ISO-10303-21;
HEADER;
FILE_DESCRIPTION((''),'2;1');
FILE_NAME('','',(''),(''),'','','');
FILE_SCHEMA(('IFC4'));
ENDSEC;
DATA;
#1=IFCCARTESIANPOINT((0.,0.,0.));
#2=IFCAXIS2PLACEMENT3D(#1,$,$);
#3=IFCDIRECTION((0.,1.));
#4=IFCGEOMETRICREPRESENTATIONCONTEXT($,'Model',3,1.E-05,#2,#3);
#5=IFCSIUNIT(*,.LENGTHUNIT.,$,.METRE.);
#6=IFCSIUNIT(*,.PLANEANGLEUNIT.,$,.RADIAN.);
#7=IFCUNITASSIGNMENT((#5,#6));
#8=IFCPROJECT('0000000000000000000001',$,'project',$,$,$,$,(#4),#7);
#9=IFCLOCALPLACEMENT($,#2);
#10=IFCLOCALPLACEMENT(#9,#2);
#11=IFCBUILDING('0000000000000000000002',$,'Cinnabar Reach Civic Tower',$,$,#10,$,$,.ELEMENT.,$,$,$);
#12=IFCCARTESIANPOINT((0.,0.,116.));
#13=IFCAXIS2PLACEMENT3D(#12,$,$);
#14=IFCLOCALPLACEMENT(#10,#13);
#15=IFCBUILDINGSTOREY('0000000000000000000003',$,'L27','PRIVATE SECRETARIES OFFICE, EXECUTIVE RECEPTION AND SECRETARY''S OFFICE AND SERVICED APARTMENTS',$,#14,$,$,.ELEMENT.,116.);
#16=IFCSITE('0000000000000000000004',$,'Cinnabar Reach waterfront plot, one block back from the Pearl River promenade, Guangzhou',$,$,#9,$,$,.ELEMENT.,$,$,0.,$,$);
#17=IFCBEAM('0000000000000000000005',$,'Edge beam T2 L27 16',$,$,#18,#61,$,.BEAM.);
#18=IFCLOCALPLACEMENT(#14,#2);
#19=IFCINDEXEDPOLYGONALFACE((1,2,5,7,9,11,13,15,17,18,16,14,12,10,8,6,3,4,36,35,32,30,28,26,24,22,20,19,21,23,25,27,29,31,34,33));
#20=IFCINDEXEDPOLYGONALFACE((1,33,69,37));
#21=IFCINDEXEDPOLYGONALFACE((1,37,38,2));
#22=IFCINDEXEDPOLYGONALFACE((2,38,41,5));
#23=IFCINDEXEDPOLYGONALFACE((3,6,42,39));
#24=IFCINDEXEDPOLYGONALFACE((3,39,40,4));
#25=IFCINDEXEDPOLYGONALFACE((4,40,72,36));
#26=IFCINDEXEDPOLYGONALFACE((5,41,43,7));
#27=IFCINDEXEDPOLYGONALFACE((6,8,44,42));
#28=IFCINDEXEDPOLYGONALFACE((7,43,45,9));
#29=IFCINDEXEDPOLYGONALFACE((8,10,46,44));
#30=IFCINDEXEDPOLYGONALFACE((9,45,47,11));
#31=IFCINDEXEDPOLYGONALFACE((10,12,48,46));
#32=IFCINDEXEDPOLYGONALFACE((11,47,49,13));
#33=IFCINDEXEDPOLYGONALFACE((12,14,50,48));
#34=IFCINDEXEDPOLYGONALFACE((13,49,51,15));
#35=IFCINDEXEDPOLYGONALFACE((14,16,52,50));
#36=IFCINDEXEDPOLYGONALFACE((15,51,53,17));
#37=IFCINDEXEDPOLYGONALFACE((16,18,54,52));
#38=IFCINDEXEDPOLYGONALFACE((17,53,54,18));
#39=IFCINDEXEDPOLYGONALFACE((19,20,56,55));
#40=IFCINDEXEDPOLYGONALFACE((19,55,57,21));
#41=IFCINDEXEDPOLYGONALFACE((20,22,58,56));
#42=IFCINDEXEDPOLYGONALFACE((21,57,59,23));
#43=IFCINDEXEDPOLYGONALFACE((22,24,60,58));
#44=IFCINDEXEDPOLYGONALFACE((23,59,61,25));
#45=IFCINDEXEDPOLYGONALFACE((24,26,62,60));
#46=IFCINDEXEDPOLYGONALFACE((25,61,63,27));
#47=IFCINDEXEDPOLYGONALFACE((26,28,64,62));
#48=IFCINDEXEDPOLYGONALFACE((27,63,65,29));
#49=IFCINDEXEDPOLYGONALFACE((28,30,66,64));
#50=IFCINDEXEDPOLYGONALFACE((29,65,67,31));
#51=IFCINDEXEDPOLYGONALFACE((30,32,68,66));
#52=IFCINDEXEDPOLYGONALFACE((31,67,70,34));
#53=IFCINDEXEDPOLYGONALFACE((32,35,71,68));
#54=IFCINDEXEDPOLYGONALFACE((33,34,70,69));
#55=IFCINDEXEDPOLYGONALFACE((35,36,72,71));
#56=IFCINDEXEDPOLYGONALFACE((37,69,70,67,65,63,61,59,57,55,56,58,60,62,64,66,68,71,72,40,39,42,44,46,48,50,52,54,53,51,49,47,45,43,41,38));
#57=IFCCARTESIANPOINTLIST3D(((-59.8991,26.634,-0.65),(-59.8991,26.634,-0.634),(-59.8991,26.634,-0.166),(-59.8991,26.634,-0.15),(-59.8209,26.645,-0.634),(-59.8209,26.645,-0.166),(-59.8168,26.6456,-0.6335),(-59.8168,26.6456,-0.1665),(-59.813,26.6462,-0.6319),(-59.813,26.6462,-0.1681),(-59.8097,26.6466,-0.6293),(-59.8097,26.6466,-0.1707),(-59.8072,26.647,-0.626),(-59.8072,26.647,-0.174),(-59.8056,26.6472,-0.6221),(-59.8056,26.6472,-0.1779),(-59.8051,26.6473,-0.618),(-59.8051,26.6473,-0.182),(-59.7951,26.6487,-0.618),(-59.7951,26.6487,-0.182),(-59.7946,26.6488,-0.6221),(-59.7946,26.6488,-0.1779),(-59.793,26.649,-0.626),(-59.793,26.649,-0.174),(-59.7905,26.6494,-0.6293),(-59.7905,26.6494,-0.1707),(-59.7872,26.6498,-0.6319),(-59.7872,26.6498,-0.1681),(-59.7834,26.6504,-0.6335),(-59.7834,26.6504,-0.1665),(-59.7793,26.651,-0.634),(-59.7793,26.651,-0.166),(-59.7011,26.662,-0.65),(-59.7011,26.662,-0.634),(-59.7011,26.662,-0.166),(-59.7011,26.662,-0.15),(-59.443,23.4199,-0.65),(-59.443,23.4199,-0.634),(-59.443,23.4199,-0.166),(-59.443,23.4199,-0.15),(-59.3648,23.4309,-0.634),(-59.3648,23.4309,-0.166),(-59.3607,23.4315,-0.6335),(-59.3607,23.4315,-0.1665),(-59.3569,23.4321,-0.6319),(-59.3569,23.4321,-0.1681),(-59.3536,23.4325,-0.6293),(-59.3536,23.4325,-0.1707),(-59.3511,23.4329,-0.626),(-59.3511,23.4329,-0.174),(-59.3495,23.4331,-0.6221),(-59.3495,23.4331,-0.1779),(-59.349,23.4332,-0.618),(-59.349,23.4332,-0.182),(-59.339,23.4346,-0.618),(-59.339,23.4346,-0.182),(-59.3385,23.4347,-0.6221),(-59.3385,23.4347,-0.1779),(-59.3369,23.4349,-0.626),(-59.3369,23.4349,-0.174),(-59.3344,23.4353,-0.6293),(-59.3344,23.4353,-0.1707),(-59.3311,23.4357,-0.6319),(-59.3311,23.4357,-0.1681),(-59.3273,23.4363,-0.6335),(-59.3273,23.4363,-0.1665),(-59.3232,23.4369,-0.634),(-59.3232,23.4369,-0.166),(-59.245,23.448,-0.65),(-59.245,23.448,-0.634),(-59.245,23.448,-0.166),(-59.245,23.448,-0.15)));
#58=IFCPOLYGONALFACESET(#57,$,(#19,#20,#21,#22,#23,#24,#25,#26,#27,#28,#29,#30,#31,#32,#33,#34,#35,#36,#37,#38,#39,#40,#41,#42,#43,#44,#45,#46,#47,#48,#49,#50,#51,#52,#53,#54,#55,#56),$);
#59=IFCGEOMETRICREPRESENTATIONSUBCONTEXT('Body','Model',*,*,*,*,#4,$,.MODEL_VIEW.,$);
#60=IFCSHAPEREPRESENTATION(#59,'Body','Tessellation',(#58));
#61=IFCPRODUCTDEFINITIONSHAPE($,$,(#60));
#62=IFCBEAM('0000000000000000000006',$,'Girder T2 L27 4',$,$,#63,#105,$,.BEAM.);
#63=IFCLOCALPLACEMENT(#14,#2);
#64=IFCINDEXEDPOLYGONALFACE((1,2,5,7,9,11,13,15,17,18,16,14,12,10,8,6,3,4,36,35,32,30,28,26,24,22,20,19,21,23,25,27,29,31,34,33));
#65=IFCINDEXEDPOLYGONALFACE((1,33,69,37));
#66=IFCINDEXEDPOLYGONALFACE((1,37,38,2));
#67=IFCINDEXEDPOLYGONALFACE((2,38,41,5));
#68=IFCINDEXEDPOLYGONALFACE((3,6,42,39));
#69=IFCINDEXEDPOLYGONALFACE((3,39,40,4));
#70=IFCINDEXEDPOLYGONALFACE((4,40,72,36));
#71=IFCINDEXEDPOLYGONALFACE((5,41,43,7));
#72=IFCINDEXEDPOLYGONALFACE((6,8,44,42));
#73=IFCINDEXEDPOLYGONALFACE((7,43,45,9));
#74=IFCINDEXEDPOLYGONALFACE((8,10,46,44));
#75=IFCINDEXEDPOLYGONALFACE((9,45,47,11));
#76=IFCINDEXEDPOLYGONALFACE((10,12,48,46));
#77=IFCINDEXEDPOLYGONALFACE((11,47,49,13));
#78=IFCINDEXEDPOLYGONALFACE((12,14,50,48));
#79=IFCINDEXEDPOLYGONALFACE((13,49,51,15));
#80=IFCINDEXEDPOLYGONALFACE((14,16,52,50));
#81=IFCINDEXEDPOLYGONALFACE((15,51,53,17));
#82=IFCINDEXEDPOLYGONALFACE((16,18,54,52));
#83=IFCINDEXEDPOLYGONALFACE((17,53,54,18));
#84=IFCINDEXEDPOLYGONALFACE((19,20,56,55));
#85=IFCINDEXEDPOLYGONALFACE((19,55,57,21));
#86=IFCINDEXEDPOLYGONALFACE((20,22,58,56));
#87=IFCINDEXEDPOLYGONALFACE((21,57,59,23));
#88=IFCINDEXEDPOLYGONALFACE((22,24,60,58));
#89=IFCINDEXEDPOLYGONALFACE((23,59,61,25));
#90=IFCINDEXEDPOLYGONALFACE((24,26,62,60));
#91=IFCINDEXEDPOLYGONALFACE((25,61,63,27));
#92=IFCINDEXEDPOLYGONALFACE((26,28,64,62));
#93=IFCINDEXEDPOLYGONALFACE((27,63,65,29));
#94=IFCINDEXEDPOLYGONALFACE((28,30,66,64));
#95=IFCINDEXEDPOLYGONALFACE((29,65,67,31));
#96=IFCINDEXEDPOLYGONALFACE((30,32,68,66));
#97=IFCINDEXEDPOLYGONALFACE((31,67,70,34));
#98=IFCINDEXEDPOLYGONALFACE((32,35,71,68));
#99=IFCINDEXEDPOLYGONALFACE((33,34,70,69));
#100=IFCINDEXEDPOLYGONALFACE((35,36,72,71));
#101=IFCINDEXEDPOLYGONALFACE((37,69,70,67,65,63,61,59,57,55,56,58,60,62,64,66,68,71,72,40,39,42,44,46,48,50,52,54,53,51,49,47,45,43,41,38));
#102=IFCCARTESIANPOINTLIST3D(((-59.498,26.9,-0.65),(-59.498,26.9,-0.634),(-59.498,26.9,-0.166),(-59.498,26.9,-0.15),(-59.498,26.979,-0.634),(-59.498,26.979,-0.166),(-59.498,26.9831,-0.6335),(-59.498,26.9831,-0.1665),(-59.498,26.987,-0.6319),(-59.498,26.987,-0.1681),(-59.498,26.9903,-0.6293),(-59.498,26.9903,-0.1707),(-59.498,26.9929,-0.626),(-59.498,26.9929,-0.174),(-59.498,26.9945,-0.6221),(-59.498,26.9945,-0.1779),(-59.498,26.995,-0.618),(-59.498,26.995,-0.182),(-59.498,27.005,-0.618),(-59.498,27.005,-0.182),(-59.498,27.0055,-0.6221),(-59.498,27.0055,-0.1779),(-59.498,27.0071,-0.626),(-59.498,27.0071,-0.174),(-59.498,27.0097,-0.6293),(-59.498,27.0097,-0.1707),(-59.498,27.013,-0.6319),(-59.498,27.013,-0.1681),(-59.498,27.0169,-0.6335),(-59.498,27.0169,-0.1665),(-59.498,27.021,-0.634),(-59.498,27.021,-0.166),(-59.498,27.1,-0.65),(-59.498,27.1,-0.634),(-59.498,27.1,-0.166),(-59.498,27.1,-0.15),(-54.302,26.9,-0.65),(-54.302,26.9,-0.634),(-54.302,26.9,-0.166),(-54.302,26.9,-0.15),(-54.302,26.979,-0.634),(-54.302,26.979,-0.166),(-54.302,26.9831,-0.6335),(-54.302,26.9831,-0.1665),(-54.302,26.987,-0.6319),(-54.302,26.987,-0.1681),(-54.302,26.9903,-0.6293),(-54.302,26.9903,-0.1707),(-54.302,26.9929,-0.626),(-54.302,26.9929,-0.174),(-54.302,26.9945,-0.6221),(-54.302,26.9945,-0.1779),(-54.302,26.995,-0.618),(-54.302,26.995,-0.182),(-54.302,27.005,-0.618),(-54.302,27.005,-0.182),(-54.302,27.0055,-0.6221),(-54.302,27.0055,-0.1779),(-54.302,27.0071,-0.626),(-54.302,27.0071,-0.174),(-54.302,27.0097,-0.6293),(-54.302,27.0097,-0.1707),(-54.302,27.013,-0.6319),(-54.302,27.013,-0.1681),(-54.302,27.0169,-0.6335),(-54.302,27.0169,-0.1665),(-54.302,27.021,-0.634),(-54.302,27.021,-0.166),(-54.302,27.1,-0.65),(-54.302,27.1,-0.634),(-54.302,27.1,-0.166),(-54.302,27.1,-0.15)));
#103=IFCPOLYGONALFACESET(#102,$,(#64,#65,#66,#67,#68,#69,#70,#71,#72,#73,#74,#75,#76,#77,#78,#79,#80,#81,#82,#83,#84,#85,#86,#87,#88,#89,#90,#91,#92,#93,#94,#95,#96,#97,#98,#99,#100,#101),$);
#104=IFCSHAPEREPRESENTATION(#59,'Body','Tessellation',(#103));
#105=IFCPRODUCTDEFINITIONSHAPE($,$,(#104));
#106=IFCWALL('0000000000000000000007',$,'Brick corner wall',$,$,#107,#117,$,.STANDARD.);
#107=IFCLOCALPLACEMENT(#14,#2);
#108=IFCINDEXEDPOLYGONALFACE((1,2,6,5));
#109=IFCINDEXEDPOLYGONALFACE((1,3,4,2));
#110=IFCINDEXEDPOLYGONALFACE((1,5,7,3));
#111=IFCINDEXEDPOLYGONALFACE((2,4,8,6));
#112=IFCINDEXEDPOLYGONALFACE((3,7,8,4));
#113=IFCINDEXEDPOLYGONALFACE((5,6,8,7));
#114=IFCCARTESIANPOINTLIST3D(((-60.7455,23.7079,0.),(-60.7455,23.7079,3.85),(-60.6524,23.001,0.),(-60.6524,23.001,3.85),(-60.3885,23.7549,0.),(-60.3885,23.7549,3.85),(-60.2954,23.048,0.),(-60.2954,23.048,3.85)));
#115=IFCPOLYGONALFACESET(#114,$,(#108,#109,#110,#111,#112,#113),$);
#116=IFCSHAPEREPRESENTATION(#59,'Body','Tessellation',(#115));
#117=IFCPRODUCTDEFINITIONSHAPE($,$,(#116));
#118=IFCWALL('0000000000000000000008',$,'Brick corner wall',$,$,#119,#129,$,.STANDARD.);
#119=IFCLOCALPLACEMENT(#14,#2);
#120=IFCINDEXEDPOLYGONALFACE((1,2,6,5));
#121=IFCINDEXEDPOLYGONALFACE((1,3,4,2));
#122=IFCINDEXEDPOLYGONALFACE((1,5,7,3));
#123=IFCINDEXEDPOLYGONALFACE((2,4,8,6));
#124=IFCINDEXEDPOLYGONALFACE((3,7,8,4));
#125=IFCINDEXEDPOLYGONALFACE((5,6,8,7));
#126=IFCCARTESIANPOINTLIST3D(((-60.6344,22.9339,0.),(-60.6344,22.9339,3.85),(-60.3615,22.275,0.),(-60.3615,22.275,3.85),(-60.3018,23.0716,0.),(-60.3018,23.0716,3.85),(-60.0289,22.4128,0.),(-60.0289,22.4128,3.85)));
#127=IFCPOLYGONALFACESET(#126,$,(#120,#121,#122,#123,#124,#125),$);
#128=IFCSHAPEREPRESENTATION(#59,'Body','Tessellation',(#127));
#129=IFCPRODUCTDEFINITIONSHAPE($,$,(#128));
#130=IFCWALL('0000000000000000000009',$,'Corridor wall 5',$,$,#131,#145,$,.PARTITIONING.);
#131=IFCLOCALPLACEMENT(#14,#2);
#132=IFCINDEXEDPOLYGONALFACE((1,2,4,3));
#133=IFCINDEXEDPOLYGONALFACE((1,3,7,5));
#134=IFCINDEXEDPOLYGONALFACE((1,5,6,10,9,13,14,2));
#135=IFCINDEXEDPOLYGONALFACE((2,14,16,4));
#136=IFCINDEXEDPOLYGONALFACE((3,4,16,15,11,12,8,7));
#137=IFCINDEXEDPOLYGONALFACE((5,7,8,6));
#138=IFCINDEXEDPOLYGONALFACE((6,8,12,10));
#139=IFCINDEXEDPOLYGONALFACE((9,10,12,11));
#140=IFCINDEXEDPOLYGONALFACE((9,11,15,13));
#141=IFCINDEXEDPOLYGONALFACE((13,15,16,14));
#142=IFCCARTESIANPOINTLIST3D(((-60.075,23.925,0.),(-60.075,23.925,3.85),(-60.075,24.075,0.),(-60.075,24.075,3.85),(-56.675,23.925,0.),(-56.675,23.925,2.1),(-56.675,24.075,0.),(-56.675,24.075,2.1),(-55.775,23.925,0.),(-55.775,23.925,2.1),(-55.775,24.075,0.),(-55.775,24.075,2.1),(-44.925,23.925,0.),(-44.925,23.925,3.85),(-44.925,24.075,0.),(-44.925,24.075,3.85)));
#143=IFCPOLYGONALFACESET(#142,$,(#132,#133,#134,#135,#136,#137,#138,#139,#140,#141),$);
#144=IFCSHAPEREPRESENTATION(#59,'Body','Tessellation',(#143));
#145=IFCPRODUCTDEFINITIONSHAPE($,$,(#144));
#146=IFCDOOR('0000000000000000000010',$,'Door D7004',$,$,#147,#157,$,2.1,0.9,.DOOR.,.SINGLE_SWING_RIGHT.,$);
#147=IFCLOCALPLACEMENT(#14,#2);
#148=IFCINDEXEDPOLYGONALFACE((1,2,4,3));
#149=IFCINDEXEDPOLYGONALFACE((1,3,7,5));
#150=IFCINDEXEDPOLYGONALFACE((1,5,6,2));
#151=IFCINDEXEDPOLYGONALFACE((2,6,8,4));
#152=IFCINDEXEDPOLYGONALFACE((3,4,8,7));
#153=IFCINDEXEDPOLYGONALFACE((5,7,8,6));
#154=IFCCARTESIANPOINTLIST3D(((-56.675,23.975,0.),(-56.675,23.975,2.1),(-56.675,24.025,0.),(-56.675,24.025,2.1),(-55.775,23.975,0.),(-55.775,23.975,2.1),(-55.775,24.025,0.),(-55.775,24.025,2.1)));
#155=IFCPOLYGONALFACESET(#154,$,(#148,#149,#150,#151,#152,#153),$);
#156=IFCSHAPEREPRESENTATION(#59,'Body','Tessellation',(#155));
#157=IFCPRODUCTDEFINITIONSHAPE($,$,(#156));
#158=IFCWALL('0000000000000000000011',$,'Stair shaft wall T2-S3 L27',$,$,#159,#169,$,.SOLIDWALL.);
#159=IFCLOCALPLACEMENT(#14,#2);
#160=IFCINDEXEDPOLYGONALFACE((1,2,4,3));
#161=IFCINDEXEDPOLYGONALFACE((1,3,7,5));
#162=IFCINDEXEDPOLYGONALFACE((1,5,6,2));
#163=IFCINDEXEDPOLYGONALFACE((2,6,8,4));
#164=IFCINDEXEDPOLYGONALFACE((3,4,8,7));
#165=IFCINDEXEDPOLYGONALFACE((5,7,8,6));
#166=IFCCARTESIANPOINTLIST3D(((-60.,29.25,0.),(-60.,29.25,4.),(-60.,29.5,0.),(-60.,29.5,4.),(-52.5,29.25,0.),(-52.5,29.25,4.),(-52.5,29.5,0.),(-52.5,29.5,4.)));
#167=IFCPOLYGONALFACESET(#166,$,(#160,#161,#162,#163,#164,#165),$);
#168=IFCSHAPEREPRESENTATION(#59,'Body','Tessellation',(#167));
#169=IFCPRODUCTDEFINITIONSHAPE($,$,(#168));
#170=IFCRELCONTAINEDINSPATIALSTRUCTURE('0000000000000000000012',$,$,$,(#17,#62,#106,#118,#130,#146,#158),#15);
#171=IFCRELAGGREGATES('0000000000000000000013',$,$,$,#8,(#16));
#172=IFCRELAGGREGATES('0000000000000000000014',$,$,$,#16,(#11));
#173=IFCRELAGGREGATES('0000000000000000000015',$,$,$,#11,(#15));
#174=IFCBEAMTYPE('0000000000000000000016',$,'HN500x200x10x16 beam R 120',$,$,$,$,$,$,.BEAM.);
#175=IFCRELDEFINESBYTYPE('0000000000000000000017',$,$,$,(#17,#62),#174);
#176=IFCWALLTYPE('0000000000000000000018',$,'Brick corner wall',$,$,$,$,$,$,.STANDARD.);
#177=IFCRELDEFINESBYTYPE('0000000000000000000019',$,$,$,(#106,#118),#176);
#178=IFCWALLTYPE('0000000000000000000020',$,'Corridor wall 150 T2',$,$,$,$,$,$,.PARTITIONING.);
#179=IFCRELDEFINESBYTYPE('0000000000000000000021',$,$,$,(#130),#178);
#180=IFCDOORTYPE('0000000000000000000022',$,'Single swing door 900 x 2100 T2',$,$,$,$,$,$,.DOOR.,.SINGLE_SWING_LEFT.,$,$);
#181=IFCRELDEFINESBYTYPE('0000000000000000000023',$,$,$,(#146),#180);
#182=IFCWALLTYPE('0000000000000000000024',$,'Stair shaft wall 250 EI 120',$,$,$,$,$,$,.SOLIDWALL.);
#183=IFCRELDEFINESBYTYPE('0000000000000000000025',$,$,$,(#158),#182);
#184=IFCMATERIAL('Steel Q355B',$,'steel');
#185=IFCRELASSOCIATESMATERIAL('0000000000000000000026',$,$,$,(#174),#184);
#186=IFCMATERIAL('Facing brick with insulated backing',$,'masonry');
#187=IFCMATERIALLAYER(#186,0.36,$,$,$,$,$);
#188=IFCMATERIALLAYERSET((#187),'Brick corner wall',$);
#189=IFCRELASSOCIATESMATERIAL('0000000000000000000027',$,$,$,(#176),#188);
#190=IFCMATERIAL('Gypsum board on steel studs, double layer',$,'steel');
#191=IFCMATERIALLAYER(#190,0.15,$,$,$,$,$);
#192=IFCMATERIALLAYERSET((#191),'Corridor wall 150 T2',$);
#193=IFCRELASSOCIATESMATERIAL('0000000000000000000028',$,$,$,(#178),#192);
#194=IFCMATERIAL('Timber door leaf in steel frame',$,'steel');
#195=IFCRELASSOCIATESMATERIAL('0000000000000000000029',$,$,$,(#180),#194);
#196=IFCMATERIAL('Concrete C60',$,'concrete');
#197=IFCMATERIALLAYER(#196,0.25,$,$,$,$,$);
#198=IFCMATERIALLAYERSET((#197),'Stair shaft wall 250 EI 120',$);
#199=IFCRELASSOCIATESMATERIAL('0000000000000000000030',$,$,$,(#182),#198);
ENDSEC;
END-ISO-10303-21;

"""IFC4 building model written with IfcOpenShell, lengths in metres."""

from ifc_helpers import new_model, si_unit, direction, frame, frame_2d, origin, origin_2d, place, context, subcontext, project, spatial, rectangle, i_section, extrude, material, layer, layer_set, material_profile, profile_set, type_object, element, fill, save


model = new_model("IFC4")

# Units and contexts
model_context = context("Model", 3, precision=1e-05, world=origin(), true_north=direction((0.0, 1.0)))
body_context = subcontext(model_context, "Body", "Model", "MODEL_VIEW")
ifc_project = project(units=[si_unit("LENGTHUNIT", "METRE"), si_unit("PLANEANGLEUNIT", "RADIAN")], contexts=[model_context])

# Site, building, storey
site_placement = place(None, origin())
site = spatial("IfcSite", under=ifc_project, at=site_placement, Name="Cinnabar Reach waterfront plot, one block back from the Pearl River promenade, Guangzhou", CompositionType="ELEMENT", RefElevation=0.0)
building_placement = place(site_placement, origin())
building = spatial("IfcBuilding", under=site, at=building_placement, Name="Cinnabar Reach Civic Tower", CompositionType="ELEMENT")
storey_placement = place(building_placement, frame((0.0, 0.0, 116.0)))
storey = spatial("IfcBuildingStorey", under=building, at=storey_placement, Name="L27", Description="PRIVATE SECRETARIES OFFICE, EXECUTIVE RECEPTION AND SECRETARY'S OFFICE AND SERVICED APARTMENTS", CompositionType="ELEMENT", Elevation=116.0)

# Shared definitions
ifc_material_1 = material(Name="Concrete C60", Category="concrete")

# Beams
ifc_material_2 = material(Name="Steel Q355B", Category="steel")
ifc_material_profile_1 = material_profile(ifc_material_2, i_section(OverallWidth=0.2, OverallDepth=0.5, WebThickness=0.01, FlangeThickness=0.016, FilletRadius=0.016, at=origin_2d()), Name="HN500x200x10x16")
ifc_profile_set_1 = profile_set([ifc_material_profile_1], Name="Steel Q355B")
beam_type_1 = type_object("IfcBeamType", Name="HN500x200x10x16 beam R 120", PredefinedType="BEAM", material=ifc_profile_set_1)
beam_1_placement = place(storey_placement, frame((-59.8001, 26.648, -0.4), z_axis=(0.140498, -0.990081, 0.0), x_axis=(0.990081, 0.140498, 0.0)))
element("IfcBeam", 1, at=beam_1_placement, inside=storey, type_object=beam_type_1, Name="Edge beam T2 L27 16", PredefinedType="BEAM", context=body_context, shape_type="SweptSolid", body=[
    extrude(i_section(OverallWidth=0.2, OverallDepth=0.5, WebThickness=0.01, FlangeThickness=0.016, FilletRadius=0.016, at=origin_2d()), origin(), (0.0, 0.0, 1.0), 3.2463),
])
beam_2_placement = place(storey_placement, frame((-59.498, 27.0, -0.4), z_axis=(1.0, 0.0, 0.0), x_axis=(0.0, 1.0, 0.0)))
element("IfcBeam", 2, at=beam_2_placement, inside=storey, type_object=beam_type_1, Name="Girder T2 L27 4", PredefinedType="BEAM", context=body_context, shape_type="SweptSolid", body=[
    extrude(i_section(OverallWidth=0.2, OverallDepth=0.5, WebThickness=0.01, FlangeThickness=0.016, FilletRadius=0.016, at=origin_2d()), origin(), (0.0, 0.0, 1.0), 5.196),
])

# Walls
ifc_material_3 = material(Name="Facing brick with insulated backing", Category="masonry")
ifc_layer_1 = layer(ifc_material_3, 0.36)
ifc_layer_set_1 = layer_set([ifc_layer_1], Name="Brick corner wall")
wall_type_1 = type_object("IfcWallType", Name="Brick corner wall", PredefinedType="STANDARD", material=ifc_layer_set_1)
for number, where, z_axis, x_axis, name in (
    (3, (-60.567, 23.7314, 0.0), (0.0, 0.0, 1.0), (0.130556, -0.991441, 0.0), "Brick corner wall"),
    (4, (-60.4681, 23.0027, 0.0), (0.0, 0.0, 1.0), (0.382703, -0.923872, 0.0), "Brick corner wall"),
):
    element("IfcWall", number, at=place(storey_placement, frame(where, z_axis=z_axis, x_axis=x_axis)), inside=storey, type_object=wall_type_1, Name=name, PredefinedType="STANDARD", context=body_context, shape_type="SweptSolid", body=[
        extrude(rectangle(XDim=0.7131, YDim=0.36, at=frame_2d((0.3565, 0.0))), origin(), (0.0, 0.0, 1.0), 3.85),
    ])

# Wall, opening, door
ifc_material_4 = material(Name="Gypsum board on steel studs, double layer", Category="steel")
ifc_layer_2 = layer(ifc_material_4, 0.15)
ifc_layer_set_2 = layer_set([ifc_layer_2], Name="Corridor wall 150 T2")
wall_type_2 = type_object("IfcWallType", Name="Corridor wall 150 T2", PredefinedType="PARTITIONING", material=ifc_layer_set_2)
wall_1_placement = place(storey_placement, frame((-60.075, 24.0, 0.0), z_axis=(0.0, 0.0, 1.0), x_axis=(1.0, 0.0, 0.0)))
wall_1 = element("IfcWall", 5, at=wall_1_placement, inside=storey, type_object=wall_type_2, Name="Corridor wall 5", PredefinedType="PARTITIONING", context=body_context, shape_type="SweptSolid", body=[
    extrude(rectangle(XDim=15.15, YDim=0.15, at=frame_2d((7.575, 0.0))), origin(), (0.0, 0.0, 1.0), 3.85),
])
opening_placement = place(wall_1_placement, frame((3.4, 0.0, 0.0)))
opening = element("IfcOpeningElement", 6, at=opening_placement, cuts=wall_1, PredefinedType="OPENING", context=body_context, shape_type="SweptSolid", body=[
    extrude(rectangle(XDim=0.9, YDim=2.1, at=frame_2d((0.45, 1.05))), frame((0.0, 0.085, 0.0), z_axis=(0.0, -1.0, 0.0), x_axis=(1.0, 0.0, 0.0)), (0.0, 0.0, 1.0), 0.17),
])
ifc_material_5 = material(Name="Timber door leaf in steel frame", Category="steel")
door_type = type_object("IfcDoorType", Name="Single swing door 900 x 2100 T2", OperationType="SINGLE_SWING_LEFT", PredefinedType="DOOR", material=ifc_material_5)
door_placement = place(opening_placement, origin())
door = element("IfcDoor", 7, at=door_placement, inside=storey, type_object=door_type, Name="Door D7004", OperationType="SINGLE_SWING_RIGHT", OverallHeight=2.1, OverallWidth=0.9, PredefinedType="DOOR", context=body_context, shape_type="SweptSolid", body=[
    extrude(rectangle(XDim=0.9, YDim=2.1, at=frame_2d((0.45, 1.05))), frame((0.0, 0.025, 0.0), z_axis=(0.0, -1.0, 0.0), x_axis=(1.0, 0.0, 0.0)), (0.0, 0.0, 1.0), 0.05),
])
fill(opening, door)

# Wall
ifc_layer_3 = layer(ifc_material_1, 0.25)
ifc_layer_set_3 = layer_set([ifc_layer_3], Name="Stair shaft wall 250 EI 120")
wall_type_3 = type_object("IfcWallType", Name="Stair shaft wall 250 EI 120", PredefinedType="SOLIDWALL", material=ifc_layer_set_3)
wall_2_placement = place(storey_placement, frame((-60.0, 29.375, 0.0), z_axis=(0.0, 0.0, 1.0), x_axis=(1.0, 0.0, 0.0)))
element("IfcWall", 8, at=wall_2_placement, inside=storey, type_object=wall_type_3, Name="Stair shaft wall T2-S3 L27", PredefinedType="SOLIDWALL", context=body_context, shape_type="SweptSolid", body=[
    extrude(rectangle(XDim=7.5, YDim=0.25, at=frame_2d((3.75, 0.0))), origin(), (0.0, 0.0, 1.0), 4.0),
])

save(model, "model.ifc")
